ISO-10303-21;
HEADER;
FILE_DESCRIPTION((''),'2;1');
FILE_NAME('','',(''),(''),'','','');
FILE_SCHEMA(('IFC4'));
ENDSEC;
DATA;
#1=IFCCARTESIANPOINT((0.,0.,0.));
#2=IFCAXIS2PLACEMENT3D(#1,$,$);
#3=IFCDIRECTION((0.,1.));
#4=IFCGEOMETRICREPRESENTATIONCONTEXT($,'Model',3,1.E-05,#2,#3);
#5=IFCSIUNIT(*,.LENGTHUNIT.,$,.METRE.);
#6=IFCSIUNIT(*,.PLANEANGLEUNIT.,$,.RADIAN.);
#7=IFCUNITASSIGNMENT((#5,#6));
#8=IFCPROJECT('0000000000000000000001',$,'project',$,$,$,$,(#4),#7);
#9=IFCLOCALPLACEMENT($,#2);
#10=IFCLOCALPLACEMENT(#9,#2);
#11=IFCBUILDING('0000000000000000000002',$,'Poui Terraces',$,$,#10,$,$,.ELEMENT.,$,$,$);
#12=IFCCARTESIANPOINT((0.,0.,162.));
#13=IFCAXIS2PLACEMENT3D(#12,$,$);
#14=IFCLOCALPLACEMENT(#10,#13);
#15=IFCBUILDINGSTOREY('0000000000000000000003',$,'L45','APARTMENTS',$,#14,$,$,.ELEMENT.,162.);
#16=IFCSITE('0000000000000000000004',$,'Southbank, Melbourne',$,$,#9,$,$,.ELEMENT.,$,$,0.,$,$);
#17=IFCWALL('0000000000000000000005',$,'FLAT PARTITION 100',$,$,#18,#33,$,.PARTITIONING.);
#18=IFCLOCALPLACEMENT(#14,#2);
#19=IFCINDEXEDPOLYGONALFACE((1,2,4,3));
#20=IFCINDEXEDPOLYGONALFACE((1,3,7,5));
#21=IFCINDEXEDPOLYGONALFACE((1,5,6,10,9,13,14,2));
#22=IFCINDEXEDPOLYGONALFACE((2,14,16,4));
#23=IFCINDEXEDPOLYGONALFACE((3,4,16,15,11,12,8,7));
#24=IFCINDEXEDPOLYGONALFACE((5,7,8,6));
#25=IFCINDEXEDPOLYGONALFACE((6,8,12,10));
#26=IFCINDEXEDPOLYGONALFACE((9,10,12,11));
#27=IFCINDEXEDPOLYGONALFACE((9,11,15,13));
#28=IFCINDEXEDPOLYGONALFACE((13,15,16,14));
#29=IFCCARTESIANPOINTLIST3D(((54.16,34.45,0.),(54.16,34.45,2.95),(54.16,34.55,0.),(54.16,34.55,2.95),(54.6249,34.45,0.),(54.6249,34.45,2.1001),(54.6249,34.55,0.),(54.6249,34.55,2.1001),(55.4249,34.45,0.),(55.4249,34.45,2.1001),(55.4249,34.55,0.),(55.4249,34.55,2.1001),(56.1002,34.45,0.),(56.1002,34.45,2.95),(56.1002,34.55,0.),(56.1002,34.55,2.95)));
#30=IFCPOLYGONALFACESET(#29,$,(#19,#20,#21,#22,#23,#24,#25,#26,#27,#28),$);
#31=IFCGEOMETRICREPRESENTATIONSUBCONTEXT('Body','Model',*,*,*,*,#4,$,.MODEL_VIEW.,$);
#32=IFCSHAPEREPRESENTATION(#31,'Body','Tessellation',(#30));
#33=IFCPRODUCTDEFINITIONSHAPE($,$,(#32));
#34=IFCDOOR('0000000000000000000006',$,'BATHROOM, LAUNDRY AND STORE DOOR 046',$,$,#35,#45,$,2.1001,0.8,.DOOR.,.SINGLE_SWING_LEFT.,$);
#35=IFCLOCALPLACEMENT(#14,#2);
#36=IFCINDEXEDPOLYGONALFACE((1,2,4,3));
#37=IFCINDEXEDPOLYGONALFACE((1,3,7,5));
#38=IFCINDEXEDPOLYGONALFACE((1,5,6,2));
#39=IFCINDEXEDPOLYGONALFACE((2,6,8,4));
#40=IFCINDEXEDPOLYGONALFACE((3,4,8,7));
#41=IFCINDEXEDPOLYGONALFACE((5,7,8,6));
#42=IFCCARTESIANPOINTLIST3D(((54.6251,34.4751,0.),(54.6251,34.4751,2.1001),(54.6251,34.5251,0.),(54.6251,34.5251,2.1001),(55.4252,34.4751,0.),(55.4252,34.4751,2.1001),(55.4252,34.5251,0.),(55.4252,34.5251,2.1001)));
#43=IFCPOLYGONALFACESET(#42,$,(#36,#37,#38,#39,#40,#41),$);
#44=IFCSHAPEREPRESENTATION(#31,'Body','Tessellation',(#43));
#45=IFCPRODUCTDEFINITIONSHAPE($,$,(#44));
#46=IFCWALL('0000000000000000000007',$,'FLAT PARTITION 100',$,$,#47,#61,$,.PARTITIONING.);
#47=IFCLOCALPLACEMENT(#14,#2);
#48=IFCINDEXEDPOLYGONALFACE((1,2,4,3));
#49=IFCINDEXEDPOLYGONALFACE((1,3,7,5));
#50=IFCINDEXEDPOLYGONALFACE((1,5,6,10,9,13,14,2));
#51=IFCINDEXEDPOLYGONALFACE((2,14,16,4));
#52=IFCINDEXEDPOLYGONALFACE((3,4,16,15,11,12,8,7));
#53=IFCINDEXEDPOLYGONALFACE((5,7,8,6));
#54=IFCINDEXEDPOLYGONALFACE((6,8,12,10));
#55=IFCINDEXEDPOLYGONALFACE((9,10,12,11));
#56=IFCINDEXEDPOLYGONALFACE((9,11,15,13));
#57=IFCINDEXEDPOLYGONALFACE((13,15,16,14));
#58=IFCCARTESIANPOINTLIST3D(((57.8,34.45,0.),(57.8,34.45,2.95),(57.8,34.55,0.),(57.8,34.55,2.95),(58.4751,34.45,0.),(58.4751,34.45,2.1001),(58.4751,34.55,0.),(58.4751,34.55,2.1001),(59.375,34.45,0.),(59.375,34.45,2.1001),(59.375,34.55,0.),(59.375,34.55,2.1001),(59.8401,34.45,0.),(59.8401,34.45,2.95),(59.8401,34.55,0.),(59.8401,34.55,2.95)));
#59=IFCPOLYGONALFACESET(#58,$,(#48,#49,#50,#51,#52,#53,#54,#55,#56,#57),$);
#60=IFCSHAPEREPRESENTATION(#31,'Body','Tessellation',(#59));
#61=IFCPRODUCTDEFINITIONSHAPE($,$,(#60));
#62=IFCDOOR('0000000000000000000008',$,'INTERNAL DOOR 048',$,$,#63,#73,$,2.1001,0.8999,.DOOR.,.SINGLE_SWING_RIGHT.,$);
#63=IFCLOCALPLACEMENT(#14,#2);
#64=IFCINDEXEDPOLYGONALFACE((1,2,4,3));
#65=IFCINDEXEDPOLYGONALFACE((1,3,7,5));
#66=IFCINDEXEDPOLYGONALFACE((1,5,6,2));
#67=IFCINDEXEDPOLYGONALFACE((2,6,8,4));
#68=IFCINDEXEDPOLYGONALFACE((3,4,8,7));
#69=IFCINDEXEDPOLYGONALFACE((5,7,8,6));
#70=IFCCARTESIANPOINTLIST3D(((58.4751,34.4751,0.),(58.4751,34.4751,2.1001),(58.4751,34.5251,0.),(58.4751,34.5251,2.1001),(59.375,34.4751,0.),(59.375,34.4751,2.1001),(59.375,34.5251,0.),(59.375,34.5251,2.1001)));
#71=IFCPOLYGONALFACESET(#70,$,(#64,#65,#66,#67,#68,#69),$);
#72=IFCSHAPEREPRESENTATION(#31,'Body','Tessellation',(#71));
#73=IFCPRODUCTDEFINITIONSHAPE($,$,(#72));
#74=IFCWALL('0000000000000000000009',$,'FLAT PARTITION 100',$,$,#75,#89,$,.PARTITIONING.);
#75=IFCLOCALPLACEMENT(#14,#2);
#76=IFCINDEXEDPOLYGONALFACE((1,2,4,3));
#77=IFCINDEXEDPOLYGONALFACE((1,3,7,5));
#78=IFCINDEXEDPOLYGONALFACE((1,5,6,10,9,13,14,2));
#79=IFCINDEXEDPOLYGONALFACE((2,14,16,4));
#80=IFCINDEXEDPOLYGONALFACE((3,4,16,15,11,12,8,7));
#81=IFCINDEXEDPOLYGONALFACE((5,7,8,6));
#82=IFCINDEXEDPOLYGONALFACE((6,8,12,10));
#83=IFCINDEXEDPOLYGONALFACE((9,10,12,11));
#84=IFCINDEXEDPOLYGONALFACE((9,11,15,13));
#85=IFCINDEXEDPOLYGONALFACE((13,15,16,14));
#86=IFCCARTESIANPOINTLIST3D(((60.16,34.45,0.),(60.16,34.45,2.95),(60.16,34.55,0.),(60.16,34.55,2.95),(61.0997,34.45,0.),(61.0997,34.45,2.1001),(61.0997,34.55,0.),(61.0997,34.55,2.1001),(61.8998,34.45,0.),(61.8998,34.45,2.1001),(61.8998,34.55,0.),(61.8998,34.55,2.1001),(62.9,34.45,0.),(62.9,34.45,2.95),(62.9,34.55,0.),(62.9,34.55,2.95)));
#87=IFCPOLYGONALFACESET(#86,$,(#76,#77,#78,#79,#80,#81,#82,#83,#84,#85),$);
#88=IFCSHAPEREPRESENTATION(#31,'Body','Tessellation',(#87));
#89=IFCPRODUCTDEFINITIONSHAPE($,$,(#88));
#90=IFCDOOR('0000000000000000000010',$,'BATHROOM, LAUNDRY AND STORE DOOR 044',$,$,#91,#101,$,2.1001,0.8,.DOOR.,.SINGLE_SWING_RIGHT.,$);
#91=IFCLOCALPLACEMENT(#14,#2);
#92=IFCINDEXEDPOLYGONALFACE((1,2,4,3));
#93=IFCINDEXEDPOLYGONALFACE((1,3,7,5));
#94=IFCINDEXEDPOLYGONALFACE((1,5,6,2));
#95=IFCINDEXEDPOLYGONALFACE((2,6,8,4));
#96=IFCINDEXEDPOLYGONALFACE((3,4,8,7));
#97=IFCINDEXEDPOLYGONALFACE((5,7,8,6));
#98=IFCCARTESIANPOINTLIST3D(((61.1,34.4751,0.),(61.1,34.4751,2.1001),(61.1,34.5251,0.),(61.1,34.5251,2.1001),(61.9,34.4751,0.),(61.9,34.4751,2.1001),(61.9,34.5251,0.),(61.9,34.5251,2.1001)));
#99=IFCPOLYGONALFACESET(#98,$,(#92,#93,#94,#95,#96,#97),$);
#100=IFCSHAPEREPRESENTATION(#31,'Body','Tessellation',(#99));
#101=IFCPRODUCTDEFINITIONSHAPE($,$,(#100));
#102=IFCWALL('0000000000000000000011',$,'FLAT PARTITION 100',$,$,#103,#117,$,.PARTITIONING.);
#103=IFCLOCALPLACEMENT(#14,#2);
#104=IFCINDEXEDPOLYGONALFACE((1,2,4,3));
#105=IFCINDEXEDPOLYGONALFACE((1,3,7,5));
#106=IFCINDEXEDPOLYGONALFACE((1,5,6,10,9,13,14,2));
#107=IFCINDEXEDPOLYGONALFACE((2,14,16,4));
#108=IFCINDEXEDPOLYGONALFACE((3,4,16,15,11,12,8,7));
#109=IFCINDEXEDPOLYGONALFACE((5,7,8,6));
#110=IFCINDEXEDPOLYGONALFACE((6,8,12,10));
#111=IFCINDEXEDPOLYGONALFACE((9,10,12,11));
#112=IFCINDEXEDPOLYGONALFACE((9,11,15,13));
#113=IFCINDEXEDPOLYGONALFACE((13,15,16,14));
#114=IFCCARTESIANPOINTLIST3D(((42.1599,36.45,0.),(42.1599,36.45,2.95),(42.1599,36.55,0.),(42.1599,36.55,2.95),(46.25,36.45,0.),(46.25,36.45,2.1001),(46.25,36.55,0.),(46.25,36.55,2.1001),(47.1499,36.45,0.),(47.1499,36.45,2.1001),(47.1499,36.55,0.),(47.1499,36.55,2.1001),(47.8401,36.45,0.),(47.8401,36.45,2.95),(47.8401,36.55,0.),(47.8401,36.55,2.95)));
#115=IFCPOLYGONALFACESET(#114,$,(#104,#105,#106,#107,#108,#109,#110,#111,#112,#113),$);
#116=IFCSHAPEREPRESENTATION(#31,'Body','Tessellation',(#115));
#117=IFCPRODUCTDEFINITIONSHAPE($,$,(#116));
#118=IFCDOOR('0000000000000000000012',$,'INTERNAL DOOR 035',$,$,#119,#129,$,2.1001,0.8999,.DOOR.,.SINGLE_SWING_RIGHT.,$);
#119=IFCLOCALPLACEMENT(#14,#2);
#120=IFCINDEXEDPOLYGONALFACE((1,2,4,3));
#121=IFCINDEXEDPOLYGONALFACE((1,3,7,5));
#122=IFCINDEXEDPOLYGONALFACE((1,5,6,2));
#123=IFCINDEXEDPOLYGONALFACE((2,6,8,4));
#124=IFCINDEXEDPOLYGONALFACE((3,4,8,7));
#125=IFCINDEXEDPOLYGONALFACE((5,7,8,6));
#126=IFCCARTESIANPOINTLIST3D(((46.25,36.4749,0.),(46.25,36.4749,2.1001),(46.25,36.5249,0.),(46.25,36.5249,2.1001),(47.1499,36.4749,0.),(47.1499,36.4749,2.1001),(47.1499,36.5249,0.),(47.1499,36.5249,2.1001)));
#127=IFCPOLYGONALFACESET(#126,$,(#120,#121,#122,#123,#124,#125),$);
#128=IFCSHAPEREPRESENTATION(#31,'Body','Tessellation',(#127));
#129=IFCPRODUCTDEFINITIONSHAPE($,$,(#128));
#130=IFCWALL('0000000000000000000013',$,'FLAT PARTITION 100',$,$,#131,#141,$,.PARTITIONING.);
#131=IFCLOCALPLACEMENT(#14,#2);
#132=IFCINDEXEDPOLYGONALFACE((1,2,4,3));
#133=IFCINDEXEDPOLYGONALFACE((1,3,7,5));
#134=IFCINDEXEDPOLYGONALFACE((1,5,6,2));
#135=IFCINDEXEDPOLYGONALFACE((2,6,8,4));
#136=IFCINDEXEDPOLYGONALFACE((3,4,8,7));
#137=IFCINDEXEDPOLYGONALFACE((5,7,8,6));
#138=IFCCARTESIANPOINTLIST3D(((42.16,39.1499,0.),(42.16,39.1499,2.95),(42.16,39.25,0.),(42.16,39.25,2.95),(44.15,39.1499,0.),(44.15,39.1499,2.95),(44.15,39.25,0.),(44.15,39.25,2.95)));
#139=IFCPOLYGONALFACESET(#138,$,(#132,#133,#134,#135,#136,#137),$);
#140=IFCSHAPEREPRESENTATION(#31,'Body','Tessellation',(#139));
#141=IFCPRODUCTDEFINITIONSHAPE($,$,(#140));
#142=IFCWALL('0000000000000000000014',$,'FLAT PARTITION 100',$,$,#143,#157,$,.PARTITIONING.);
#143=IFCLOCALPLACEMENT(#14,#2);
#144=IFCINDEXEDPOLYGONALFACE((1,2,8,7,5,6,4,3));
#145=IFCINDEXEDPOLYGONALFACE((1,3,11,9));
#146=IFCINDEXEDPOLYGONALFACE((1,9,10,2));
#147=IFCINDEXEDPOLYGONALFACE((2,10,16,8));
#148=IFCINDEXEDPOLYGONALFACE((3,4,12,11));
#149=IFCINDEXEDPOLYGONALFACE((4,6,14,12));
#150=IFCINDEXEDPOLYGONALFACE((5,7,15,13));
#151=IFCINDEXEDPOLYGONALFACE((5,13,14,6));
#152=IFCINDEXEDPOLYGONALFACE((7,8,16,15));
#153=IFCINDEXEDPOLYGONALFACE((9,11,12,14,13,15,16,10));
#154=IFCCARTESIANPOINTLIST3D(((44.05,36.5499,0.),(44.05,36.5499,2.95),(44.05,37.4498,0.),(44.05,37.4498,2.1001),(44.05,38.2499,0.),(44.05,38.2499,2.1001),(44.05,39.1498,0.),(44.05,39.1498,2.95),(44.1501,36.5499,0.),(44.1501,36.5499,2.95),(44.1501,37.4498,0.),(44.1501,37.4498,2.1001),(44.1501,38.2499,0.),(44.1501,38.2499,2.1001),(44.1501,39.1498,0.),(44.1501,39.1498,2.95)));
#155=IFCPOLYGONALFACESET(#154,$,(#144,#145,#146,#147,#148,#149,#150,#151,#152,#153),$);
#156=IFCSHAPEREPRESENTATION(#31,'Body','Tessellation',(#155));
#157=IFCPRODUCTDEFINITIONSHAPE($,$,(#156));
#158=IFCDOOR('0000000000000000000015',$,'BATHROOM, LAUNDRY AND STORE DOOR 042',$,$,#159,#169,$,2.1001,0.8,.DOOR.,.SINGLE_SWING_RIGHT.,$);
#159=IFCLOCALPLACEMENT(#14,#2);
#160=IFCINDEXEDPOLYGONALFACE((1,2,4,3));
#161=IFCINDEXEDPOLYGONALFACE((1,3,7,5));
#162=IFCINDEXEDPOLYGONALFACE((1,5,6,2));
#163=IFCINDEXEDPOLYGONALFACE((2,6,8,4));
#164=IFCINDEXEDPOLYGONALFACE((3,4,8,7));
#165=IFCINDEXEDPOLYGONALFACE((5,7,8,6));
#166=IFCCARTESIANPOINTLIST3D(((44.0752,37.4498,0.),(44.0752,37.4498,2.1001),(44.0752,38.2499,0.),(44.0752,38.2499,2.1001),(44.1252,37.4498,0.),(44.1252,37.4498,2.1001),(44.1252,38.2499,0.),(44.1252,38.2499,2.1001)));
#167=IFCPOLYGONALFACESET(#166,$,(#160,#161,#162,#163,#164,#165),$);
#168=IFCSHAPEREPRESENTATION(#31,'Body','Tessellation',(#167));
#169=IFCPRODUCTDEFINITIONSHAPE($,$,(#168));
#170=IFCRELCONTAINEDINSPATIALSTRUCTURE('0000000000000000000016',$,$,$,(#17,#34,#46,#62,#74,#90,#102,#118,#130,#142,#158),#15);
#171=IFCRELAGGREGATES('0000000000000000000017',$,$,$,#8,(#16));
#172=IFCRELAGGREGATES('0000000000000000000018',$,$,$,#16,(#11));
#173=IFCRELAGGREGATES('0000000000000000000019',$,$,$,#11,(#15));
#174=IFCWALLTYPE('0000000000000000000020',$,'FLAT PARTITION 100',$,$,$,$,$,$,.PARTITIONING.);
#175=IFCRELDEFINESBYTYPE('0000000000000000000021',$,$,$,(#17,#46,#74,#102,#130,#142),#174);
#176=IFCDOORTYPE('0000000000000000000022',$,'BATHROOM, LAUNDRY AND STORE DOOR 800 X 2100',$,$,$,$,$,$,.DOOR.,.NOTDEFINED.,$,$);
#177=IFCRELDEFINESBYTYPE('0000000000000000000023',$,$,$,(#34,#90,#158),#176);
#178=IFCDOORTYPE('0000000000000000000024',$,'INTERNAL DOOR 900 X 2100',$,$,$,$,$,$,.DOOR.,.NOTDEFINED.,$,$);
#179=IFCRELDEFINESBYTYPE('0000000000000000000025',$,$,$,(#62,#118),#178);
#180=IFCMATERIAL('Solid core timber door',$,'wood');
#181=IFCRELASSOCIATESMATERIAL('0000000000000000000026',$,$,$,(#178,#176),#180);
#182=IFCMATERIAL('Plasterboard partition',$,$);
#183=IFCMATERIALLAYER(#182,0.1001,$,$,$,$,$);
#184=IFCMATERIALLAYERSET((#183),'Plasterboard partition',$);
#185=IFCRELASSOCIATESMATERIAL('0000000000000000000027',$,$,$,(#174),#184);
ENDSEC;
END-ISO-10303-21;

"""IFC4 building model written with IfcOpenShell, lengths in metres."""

from ifc_helpers import new_model, si_unit, direction, frame, frame_2d, origin, place, context, subcontext, project, spatial, rectangle, extrude, material, layer, layer_set, type_object, element, fill, save


model = new_model("IFC4")

# Units and contexts
model_context = context("Model", 3, precision=1e-05, world=origin(), true_north=direction((0.0, 1.0)))
body_context = subcontext(model_context, "Body", "Model", "MODEL_VIEW")
ifc_project = project(units=[si_unit("LENGTHUNIT", "METRE"), si_unit("PLANEANGLEUNIT", "RADIAN")], contexts=[model_context])

# Site, building, storey
site_placement = place(None, origin())
site = spatial("IfcSite", under=ifc_project, at=site_placement, Name="Southbank, Melbourne", CompositionType="ELEMENT", RefElevation=0.0)
building_placement = place(site_placement, origin())
building = spatial("IfcBuilding", under=site, at=building_placement, Name="Poui Terraces", CompositionType="ELEMENT")
storey_placement = place(building_placement, frame((0.0, 0.0, 162.0)))
storey = spatial("IfcBuildingStorey", under=building, at=storey_placement, Name="L45", Description="APARTMENTS", CompositionType="ELEMENT", Elevation=162.0)

# Shared definitions
ifc_material_1 = material(Name="Solid core timber door", Category="wood")
door_type_1 = type_object("IfcDoorType", Name="INTERNAL DOOR 900 X 2100", OperationType="NOTDEFINED", PredefinedType="DOOR", material=ifc_material_1)

# Shared definitions
ifc_material_2 = material(Name="Plasterboard partition")
ifc_layer_1 = layer(ifc_material_2, 0.1001)
ifc_layer_set_1 = layer_set([ifc_layer_1], Name="Plasterboard partition")
wall_type_1 = type_object("IfcWallType", Name="FLAT PARTITION 100", PredefinedType="PARTITIONING", material=ifc_layer_set_1)
door_type_2 = type_object("IfcDoorType", Name="BATHROOM, LAUNDRY AND STORE DOOR 800 X 2100", OperationType="NOTDEFINED", PredefinedType="DOOR", material=ifc_material_1)

# Walls, openings, doors
wall_1_placement = place(storey_placement, frame((54.1599, 34.5, 0.0), z_axis=(0.0, 0.0, 1.0), x_axis=(1.0, 0.0, 0.0)))
wall_1 = element("IfcWall", 1, at=wall_1_placement, inside=storey, type_object=wall_type_1, Name="FLAT PARTITION 100", PredefinedType="PARTITIONING", context=body_context, shape_type="SweptSolid", body=[
    extrude(rectangle(XDim=1.9402, YDim=0.1001, at=frame_2d((0.9702, 0.0))), origin(), (0.0, 0.0, 1.0), 2.95),
])
opening_1_placement = place(wall_1_placement, frame((0.4651, 0.0, 0.0)))
opening_1 = element("IfcOpeningElement", 2, at=opening_1_placement, cuts=wall_1, PredefinedType="OPENING", context=body_context, shape_type="SweptSolid", body=[
    extrude(rectangle(XDim=0.8, YDim=2.1001, at=frame_2d((0.3999, 1.05))), frame((0.0, 0.0601, 0.0), z_axis=(0.0, -1.0, 0.0), x_axis=(1.0, 0.0, 0.0)), (0.0, 0.0, 1.0), 0.1201),
])
door_1_placement = place(opening_1_placement, frame((0.8, 0.0, 0.0), z_axis=(0.0, 0.0, 1.0), x_axis=(-1.0, 0.0, 0.0)))
door_1 = element("IfcDoor", 3, at=door_1_placement, inside=storey, type_object=door_type_2, Name="BATHROOM, LAUNDRY AND STORE DOOR 046", OperationType="SINGLE_SWING_LEFT", OverallHeight=2.1001, OverallWidth=0.8, PredefinedType="DOOR", context=body_context, shape_type="SweptSolid", body=[
    extrude(rectangle(XDim=0.8, YDim=2.1001, at=frame_2d((0.3999, 1.05))), frame((0.0, 0.0249, 0.0), z_axis=(0.0, -1.0, 0.0), x_axis=(1.0, 0.0, 0.0)), (0.0, 0.0, 1.0), 0.05),
])
fill(opening_1, door_1)
wall_2_placement = place(storey_placement, frame((57.8, 34.5, 0.0), z_axis=(0.0, 0.0, 1.0), x_axis=(1.0, 0.0, 0.0)))
wall_2 = element("IfcWall", 4, at=wall_2_placement, inside=storey, type_object=wall_type_1, Name="FLAT PARTITION 100", PredefinedType="PARTITIONING", context=body_context, shape_type="SweptSolid", body=[
    extrude(rectangle(XDim=2.04, YDim=0.1001, at=frame_2d((1.02, 0.0))), origin(), (0.0, 0.0, 1.0), 2.95),
])
opening_2_placement = place(wall_2_placement, frame((0.675, 0.0, 0.0)))
opening_2 = element("IfcOpeningElement", 5, at=opening_2_placement, cuts=wall_2, PredefinedType="OPENING", context=body_context, shape_type="SweptSolid", body=[
    extrude(rectangle(XDim=0.8999, YDim=2.1001, at=frame_2d((0.45, 1.05))), frame((0.0, 0.0601, 0.0), z_axis=(0.0, -1.0, 0.0), x_axis=(1.0, 0.0, 0.0)), (0.0, 0.0, 1.0), 0.1201),
])
door_2_placement = place(opening_2_placement, frame((0.8999, 0.0, 0.0), z_axis=(0.0, 0.0, 1.0), x_axis=(-1.0, 0.0, 0.0)))
door_2 = element("IfcDoor", 6, at=door_2_placement, inside=storey, type_object=door_type_1, Name="INTERNAL DOOR 048", OperationType="SINGLE_SWING_RIGHT", OverallHeight=2.1001, OverallWidth=0.8999, PredefinedType="DOOR", context=body_context, shape_type="SweptSolid", body=[
    extrude(rectangle(XDim=0.8999, YDim=2.1001, at=frame_2d((0.45, 1.05))), frame((0.0, 0.0249, 0.0), z_axis=(0.0, -1.0, 0.0), x_axis=(1.0, 0.0, 0.0)), (0.0, 0.0, 1.0), 0.05),
])
fill(opening_2, door_2)
wall_3_placement = place(storey_placement, frame((60.1599, 34.5, 0.0), z_axis=(0.0, 0.0, 1.0), x_axis=(1.0, 0.0, 0.0)))
wall_3 = element("IfcWall", 7, at=wall_3_placement, inside=storey, type_object=wall_type_1, Name="FLAT PARTITION 100", PredefinedType="PARTITIONING", context=body_context, shape_type="SweptSolid", body=[
    extrude(rectangle(XDim=2.74, YDim=0.1001, at=frame_2d((1.3701, 0.0))), origin(), (0.0, 0.0, 1.0), 2.95),
])
opening_3_placement = place(wall_3_placement, frame((0.9399, 0.0, 0.0)))
opening_3 = element("IfcOpeningElement", 8, at=opening_3_placement, cuts=wall_3, PredefinedType="OPENING", context=body_context, shape_type="SweptSolid", body=[
    extrude(rectangle(XDim=0.8, YDim=2.1001, at=frame_2d((0.3999, 1.05))), frame((0.0, 0.0601, 0.0), z_axis=(0.0, -1.0, 0.0), x_axis=(1.0, 0.0, 0.0)), (0.0, 0.0, 1.0), 0.1201),
])
door_3_placement = place(opening_3_placement, frame((0.8, 0.0, 0.0), z_axis=(0.0, 0.0, 1.0), x_axis=(-1.0, 0.0, 0.0)))
door_3 = element("IfcDoor", 9, at=door_3_placement, inside=storey, type_object=door_type_2, Name="BATHROOM, LAUNDRY AND STORE DOOR 044", OperationType="SINGLE_SWING_RIGHT", OverallHeight=2.1001, OverallWidth=0.8, PredefinedType="DOOR", context=body_context, shape_type="SweptSolid", body=[
    extrude(rectangle(XDim=0.8, YDim=2.1001, at=frame_2d((0.3999, 1.05))), frame((0.0, 0.0249, 0.0), z_axis=(0.0, -1.0, 0.0), x_axis=(1.0, 0.0, 0.0)), (0.0, 0.0, 1.0), 0.05),
])
fill(opening_3, door_3)
wall_4_placement = place(storey_placement, frame((42.1599, 36.5, 0.0), z_axis=(0.0, 0.0, 1.0), x_axis=(1.0, 0.0, 0.0)))
wall_4 = element("IfcWall", 10, at=wall_4_placement, inside=storey, type_object=wall_type_1, Name="FLAT PARTITION 100", PredefinedType="PARTITIONING", context=body_context, shape_type="SweptSolid", body=[
    extrude(rectangle(XDim=5.6802, YDim=0.1001, at=frame_2d((2.8401, 0.0))), origin(), (0.0, 0.0, 1.0), 2.95),
])
opening_4_placement = place(wall_4_placement, frame((4.0901, 0.0, 0.0)))
opening_4 = element("IfcOpeningElement", 11, at=opening_4_placement, cuts=wall_4, PredefinedType="OPENING", context=body_context, shape_type="SweptSolid", body=[
    extrude(rectangle(XDim=0.8999, YDim=2.1001, at=frame_2d((0.45, 1.05))), frame((0.0, 0.0601, 0.0), z_axis=(0.0, -1.0, 0.0), x_axis=(1.0, 0.0, 0.0)), (0.0, 0.0, 1.0), 0.1201),
])
door_4_placement = place(opening_4_placement, origin())
door_4 = element("IfcDoor", 12, at=door_4_placement, inside=storey, type_object=door_type_1, Name="INTERNAL DOOR 035", OperationType="SINGLE_SWING_RIGHT", OverallHeight=2.1001, OverallWidth=0.8999, PredefinedType="DOOR", context=body_context, shape_type="SweptSolid", body=[
    extrude(rectangle(XDim=0.8999, YDim=2.1001, at=frame_2d((0.45, 1.05))), frame((0.0, 0.0249, 0.0), z_axis=(0.0, -1.0, 0.0), x_axis=(1.0, 0.0, 0.0)), (0.0, 0.0, 1.0), 0.05),
])
fill(opening_4, door_4)

# Wall
wall_5_placement = place(storey_placement, frame((42.1599, 39.2, 0.0), z_axis=(0.0, 0.0, 1.0), x_axis=(1.0, 0.0, 0.0)))
element("IfcWall", 13, at=wall_5_placement, inside=storey, type_object=wall_type_1, Name="FLAT PARTITION 100", PredefinedType="PARTITIONING", context=body_context, shape_type="SweptSolid", body=[
    extrude(rectangle(XDim=1.99, YDim=0.1001, at=frame_2d((0.9951, 0.0))), origin(), (0.0, 0.0, 1.0), 2.95),
])

# Wall, opening, door
wall_6_placement = place(storey_placement, frame((44.1001, 36.55, 0.0), z_axis=(0.0, 0.0, 1.0), x_axis=(0.0, 1.0, 0.0)))
wall_6 = element("IfcWall", 14, at=wall_6_placement, inside=storey, type_object=wall_type_1, Name="FLAT PARTITION 100", PredefinedType="PARTITIONING", context=body_context, shape_type="SweptSolid", body=[
    extrude(rectangle(XDim=2.5999, YDim=0.1001, at=frame_2d((1.2998, 0.0))), origin(), (0.0, 0.0, 1.0), 2.95),
])
opening_5_placement = place(wall_6_placement, frame((0.8999, 0.0, 0.0)))
opening_5 = element("IfcOpeningElement", 15, at=opening_5_placement, cuts=wall_6, PredefinedType="OPENING", context=body_context, shape_type="SweptSolid", body=[
    extrude(rectangle(XDim=0.8, YDim=2.1001, at=frame_2d((0.3999, 1.05))), frame((0.0, 0.0601, 0.0), z_axis=(0.0, -1.0, 0.0), x_axis=(1.0, 0.0, 0.0)), (0.0, 0.0, 1.0), 0.1201),
])
door_5_placement = place(opening_5_placement, origin())
door_5 = element("IfcDoor", 16, at=door_5_placement, inside=storey, type_object=door_type_2, Name="BATHROOM, LAUNDRY AND STORE DOOR 042", OperationType="SINGLE_SWING_RIGHT", OverallHeight=2.1001, OverallWidth=0.8, PredefinedType="DOOR", context=body_context, shape_type="SweptSolid", body=[
    extrude(rectangle(XDim=0.8, YDim=2.1001, at=frame_2d((0.3999, 1.05))), frame((0.0, 0.0249, 0.0), z_axis=(0.0, -1.0, 0.0), x_axis=(1.0, 0.0, 0.0)), (0.0, 0.0, 1.0), 0.05),
])
fill(opening_5, door_5)

save(model, "model.ifc")
